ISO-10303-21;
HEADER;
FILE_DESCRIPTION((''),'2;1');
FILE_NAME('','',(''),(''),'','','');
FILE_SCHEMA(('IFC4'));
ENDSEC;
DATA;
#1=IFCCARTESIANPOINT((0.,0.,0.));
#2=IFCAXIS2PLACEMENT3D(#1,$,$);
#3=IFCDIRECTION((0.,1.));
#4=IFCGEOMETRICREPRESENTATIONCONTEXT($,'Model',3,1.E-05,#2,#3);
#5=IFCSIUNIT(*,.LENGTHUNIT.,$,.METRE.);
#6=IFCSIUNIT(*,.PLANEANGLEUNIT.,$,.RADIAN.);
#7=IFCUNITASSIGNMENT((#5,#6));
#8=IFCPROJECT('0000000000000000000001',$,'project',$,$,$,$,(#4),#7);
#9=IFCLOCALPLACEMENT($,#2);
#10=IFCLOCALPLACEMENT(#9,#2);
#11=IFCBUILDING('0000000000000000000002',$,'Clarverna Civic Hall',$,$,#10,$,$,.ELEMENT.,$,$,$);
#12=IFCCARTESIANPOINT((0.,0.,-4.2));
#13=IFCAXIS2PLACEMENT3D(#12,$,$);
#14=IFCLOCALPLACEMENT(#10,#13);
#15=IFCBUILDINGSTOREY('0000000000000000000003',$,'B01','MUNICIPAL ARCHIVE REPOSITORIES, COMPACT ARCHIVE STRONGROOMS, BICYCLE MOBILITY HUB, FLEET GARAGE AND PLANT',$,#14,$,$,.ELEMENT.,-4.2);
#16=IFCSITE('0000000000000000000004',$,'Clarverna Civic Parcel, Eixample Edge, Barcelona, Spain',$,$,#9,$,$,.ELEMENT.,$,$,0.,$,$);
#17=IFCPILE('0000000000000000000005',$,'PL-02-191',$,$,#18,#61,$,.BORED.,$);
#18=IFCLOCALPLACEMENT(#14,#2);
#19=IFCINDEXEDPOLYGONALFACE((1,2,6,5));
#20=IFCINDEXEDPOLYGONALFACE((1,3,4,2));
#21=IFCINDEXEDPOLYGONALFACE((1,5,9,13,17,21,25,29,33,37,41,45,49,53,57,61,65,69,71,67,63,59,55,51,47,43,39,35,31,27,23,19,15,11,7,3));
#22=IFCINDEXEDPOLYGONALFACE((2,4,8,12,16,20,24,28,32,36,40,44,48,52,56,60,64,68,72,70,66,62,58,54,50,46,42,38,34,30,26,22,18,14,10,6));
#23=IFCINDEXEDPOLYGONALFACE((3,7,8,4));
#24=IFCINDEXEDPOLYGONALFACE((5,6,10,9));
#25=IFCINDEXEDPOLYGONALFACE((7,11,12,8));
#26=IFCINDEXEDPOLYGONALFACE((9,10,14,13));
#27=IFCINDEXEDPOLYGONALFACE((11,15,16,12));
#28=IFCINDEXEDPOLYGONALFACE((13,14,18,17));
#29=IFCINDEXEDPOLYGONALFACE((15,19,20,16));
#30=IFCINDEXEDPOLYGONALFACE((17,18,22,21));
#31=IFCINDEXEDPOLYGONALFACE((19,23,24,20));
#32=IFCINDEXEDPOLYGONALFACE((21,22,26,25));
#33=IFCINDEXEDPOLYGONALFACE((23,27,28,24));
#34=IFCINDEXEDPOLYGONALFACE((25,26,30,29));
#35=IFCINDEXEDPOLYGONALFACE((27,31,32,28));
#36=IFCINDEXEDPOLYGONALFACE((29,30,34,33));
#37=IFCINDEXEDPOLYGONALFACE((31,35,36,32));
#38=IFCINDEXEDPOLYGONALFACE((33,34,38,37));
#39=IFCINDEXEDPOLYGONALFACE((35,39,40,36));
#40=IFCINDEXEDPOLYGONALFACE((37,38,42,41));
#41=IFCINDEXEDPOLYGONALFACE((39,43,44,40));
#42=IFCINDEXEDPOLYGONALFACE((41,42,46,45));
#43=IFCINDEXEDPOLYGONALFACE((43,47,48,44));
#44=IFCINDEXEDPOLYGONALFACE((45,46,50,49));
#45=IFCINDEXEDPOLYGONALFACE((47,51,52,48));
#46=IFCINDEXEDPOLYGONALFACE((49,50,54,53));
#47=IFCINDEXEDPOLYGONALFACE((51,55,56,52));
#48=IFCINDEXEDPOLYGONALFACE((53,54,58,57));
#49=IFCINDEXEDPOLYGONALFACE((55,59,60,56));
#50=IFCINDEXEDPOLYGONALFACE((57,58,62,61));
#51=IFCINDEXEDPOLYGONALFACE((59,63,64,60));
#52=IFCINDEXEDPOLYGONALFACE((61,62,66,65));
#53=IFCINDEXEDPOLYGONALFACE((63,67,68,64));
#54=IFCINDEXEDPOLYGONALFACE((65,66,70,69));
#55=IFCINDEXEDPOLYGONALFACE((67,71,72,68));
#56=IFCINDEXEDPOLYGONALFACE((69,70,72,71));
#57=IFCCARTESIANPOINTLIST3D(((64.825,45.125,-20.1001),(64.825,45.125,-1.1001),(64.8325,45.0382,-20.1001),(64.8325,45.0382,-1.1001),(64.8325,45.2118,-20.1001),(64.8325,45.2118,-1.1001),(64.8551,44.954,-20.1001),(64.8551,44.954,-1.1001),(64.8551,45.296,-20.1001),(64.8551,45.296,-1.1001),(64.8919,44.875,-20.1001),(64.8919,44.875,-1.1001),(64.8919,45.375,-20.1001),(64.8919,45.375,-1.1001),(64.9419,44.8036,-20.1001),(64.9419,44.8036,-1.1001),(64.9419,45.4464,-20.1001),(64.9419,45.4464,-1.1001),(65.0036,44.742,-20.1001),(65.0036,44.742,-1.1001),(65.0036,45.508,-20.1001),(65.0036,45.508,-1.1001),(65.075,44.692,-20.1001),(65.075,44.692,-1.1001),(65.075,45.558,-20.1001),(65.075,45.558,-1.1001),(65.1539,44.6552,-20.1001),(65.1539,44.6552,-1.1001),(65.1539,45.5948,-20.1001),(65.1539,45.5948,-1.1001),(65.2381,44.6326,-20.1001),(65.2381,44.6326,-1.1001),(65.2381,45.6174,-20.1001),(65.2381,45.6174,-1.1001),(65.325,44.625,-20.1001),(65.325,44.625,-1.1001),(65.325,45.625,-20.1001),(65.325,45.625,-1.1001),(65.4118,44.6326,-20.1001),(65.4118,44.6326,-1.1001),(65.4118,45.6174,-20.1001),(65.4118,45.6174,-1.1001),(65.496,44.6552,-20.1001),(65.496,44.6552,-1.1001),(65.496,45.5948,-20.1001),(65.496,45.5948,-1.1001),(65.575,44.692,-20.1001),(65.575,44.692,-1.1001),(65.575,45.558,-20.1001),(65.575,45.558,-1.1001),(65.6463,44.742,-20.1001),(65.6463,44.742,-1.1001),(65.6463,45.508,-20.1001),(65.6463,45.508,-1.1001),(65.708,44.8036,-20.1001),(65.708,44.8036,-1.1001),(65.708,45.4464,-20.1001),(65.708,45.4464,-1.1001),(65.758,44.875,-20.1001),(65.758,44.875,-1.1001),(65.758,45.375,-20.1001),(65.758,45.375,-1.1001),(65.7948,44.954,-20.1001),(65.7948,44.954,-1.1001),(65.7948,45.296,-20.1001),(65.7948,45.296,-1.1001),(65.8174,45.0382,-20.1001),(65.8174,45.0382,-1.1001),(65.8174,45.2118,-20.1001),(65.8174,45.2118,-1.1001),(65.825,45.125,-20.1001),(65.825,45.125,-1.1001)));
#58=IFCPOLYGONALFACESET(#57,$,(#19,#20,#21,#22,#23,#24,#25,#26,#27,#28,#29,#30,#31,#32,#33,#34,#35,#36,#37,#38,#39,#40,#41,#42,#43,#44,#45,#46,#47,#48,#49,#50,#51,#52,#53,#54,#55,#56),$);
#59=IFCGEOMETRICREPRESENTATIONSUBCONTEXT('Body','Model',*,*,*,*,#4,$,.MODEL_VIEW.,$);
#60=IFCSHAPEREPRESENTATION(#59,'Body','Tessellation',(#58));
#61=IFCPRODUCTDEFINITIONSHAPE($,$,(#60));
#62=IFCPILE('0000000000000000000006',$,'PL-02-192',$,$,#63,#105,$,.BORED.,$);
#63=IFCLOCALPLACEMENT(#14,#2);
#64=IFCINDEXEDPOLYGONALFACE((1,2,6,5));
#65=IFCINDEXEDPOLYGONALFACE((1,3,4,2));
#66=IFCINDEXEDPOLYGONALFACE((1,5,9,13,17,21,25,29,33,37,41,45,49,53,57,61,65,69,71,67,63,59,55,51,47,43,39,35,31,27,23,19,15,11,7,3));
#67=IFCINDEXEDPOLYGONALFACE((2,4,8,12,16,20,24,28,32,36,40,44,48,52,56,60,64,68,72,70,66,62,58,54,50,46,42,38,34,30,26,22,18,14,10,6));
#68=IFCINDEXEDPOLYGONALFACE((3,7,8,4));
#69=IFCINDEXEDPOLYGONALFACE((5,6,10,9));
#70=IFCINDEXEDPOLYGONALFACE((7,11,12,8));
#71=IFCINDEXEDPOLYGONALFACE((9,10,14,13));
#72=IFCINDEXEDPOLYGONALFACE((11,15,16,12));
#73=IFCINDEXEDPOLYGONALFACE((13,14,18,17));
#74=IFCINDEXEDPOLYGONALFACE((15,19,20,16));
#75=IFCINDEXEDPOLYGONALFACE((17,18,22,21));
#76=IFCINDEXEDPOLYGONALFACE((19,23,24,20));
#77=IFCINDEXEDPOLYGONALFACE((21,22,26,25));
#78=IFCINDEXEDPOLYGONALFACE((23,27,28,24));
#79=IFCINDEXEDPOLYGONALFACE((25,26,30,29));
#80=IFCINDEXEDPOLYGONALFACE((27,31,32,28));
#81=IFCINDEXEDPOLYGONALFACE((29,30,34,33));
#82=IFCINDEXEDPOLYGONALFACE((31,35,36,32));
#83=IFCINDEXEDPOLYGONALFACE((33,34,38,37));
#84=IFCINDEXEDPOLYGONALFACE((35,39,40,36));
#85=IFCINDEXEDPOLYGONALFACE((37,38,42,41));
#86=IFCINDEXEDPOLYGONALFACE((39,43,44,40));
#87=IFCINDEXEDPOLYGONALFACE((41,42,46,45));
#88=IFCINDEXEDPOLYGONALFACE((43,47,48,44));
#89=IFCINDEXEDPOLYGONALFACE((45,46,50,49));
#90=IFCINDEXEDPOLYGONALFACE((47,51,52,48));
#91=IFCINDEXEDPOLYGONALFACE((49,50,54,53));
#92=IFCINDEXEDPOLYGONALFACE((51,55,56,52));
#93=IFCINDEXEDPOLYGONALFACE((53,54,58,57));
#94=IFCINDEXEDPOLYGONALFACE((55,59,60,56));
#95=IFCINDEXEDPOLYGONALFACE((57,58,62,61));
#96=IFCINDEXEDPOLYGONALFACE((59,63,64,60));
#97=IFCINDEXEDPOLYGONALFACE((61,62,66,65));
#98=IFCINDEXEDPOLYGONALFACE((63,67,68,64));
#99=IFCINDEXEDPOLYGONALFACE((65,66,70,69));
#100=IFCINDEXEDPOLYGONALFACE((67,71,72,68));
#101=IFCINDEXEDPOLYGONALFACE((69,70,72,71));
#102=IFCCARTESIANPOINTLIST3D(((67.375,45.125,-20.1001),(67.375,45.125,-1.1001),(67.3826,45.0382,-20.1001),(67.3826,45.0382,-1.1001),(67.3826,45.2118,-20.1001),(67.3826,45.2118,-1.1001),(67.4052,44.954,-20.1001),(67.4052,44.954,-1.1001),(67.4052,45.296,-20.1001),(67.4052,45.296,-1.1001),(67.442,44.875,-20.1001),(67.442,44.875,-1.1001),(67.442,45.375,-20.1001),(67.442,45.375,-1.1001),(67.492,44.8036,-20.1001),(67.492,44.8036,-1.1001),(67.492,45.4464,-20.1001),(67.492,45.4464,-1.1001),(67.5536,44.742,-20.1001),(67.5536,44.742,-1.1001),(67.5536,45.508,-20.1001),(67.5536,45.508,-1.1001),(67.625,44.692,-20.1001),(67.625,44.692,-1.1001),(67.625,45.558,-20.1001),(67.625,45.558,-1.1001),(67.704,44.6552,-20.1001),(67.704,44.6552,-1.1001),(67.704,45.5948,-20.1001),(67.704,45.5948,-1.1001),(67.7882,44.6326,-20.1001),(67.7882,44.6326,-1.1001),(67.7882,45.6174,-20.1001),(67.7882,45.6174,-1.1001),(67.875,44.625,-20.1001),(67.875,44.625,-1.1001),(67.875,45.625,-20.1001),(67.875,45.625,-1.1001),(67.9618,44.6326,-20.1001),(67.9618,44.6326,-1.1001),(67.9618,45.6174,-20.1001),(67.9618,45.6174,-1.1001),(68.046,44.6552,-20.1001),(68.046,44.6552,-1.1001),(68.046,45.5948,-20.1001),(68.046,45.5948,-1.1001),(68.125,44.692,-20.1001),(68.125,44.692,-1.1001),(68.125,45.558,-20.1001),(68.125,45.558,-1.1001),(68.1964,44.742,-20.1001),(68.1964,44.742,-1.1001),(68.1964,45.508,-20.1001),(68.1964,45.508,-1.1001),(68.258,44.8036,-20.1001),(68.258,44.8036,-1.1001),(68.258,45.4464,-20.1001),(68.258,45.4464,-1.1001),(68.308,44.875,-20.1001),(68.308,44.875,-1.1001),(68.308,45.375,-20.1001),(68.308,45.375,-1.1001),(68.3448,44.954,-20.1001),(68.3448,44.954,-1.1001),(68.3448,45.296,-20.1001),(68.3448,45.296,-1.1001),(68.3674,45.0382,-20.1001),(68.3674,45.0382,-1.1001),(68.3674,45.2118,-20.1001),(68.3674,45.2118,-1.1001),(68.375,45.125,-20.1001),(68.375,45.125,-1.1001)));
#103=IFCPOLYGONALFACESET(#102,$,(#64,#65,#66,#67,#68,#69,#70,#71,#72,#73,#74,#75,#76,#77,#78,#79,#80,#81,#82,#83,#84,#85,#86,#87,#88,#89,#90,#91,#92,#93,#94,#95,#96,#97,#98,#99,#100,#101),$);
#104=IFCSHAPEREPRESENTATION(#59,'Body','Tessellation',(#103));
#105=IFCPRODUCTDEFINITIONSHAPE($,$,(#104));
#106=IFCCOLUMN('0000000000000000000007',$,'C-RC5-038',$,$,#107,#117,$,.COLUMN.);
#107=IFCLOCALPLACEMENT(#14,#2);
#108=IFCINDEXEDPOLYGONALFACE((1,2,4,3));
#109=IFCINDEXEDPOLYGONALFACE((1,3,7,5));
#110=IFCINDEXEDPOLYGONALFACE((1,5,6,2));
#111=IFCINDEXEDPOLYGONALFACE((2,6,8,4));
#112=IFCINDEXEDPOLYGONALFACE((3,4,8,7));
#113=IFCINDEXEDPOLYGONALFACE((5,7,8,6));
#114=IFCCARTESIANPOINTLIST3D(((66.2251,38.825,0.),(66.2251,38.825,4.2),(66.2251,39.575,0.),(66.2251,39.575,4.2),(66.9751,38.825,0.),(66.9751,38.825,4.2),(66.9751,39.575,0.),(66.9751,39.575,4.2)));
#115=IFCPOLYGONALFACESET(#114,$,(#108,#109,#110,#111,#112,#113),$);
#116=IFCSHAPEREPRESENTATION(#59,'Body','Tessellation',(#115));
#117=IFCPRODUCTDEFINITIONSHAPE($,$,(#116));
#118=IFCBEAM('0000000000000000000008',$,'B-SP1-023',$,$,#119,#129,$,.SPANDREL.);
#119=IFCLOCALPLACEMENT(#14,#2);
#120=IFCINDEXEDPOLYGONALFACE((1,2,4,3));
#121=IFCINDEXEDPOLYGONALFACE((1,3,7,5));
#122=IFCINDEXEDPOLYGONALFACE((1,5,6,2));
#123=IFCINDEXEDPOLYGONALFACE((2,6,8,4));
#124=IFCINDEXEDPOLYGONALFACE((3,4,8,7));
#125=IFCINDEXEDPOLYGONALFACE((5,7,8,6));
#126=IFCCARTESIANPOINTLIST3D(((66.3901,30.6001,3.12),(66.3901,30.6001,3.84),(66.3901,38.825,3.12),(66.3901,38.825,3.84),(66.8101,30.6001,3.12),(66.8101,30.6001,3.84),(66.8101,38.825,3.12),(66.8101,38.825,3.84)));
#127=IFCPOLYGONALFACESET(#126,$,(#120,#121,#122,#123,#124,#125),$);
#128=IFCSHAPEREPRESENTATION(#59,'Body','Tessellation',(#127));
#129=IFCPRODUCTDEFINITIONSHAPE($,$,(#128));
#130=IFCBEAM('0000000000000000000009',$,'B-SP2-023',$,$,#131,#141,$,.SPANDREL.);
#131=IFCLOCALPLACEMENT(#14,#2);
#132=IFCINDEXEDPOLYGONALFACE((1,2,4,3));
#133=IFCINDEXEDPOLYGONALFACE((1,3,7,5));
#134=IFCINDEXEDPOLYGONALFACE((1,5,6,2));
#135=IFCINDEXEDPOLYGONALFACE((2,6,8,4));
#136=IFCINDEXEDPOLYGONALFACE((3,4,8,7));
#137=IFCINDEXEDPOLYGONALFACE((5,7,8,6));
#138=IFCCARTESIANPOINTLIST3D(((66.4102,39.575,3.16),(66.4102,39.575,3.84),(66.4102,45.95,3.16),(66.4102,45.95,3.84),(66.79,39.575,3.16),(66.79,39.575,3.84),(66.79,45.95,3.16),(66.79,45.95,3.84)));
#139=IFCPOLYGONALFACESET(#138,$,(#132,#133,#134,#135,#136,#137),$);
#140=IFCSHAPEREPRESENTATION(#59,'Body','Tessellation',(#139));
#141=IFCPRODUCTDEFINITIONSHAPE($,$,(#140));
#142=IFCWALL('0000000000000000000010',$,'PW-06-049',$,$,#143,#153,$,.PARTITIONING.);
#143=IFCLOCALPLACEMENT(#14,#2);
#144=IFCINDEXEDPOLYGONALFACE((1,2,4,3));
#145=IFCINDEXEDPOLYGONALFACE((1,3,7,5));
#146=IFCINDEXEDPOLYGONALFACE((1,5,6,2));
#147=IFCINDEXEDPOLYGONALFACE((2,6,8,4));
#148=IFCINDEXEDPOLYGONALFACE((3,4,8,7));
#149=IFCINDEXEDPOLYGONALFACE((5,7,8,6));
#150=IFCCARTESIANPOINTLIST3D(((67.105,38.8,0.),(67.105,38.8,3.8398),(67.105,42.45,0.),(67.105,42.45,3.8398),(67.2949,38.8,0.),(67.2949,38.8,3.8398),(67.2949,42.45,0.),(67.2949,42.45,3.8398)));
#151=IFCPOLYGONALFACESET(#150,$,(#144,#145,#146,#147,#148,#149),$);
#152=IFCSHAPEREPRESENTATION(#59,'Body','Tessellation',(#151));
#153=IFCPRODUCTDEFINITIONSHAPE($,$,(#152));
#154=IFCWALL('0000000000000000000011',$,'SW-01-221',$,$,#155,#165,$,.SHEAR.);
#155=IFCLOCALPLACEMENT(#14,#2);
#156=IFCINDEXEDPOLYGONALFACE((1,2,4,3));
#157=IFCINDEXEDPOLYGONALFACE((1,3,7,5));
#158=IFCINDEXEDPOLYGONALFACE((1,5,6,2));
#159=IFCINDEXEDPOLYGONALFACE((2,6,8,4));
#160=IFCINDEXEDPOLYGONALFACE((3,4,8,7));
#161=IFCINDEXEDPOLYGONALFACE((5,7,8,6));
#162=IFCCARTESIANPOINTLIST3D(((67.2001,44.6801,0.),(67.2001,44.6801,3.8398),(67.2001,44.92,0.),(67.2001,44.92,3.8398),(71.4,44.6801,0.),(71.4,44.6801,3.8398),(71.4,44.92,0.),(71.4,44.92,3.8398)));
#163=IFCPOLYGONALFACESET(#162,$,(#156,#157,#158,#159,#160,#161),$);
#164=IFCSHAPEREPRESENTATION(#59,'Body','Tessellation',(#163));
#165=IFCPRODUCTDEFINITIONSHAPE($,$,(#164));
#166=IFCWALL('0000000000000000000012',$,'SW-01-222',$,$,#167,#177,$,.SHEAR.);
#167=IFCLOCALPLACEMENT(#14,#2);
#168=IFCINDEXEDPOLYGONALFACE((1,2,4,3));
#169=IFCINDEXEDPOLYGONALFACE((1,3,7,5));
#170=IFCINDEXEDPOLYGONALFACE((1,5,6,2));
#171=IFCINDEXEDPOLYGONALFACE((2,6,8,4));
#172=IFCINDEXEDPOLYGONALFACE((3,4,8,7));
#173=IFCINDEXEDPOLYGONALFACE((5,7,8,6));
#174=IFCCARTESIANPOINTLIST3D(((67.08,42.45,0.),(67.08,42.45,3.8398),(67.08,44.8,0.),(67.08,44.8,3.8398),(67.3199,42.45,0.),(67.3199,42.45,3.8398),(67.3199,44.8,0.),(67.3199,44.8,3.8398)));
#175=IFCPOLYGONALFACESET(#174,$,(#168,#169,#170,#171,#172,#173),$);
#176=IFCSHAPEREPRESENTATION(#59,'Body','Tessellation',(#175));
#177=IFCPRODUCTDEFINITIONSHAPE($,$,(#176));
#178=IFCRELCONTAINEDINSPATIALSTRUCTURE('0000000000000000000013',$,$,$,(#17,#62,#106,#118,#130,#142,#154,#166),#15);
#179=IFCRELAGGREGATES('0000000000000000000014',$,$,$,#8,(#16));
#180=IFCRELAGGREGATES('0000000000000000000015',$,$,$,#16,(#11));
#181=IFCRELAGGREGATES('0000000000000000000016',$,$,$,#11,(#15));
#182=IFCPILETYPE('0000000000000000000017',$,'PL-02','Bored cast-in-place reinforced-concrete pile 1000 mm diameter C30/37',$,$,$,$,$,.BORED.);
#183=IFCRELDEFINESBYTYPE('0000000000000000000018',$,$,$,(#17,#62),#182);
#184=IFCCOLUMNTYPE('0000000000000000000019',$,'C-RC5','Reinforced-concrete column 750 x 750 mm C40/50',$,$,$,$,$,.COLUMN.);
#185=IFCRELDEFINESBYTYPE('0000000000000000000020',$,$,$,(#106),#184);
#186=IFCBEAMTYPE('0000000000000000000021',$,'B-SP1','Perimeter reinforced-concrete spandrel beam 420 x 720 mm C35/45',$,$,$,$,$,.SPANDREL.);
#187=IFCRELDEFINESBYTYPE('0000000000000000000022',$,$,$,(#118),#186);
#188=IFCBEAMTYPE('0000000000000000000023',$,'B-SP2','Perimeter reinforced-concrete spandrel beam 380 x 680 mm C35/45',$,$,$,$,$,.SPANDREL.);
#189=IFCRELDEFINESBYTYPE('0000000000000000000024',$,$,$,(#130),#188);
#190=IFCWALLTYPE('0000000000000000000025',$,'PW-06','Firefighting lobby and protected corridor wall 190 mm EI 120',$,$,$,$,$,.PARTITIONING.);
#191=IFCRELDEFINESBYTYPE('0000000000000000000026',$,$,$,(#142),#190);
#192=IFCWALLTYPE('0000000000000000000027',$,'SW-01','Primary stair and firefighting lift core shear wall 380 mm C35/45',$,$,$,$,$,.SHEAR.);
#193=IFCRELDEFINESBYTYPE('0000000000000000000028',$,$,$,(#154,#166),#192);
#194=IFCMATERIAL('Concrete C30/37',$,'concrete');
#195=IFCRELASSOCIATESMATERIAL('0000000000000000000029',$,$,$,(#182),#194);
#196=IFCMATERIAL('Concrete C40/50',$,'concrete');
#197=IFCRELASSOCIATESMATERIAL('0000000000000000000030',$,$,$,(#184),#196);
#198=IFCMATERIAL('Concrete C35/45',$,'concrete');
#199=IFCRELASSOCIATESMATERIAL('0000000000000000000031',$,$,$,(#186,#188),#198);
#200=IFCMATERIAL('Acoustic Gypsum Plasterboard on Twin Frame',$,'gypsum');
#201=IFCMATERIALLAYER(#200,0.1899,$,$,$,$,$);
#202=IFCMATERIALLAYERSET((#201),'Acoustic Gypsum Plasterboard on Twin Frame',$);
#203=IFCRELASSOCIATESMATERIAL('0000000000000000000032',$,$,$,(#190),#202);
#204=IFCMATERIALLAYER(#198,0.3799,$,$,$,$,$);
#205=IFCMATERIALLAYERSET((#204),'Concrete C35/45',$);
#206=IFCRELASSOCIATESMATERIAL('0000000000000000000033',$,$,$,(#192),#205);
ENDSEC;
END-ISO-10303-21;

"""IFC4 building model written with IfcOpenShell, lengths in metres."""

from ifc_helpers import new_model, si_unit, direction, frame, frame_2d, origin, origin_2d, place, context, subcontext, project, spatial, rectangle, circle, extrude, material, layer, layer_set, material_profile, profile_set, type_object, element, save


model = new_model("IFC4")

# Units and contexts
model_context = context("Model", 3, precision=1e-05, world=origin(), true_north=direction((0.0, 1.0)))
body_context = subcontext(model_context, "Body", "Model", "MODEL_VIEW")
ifc_project = project(units=[si_unit("LENGTHUNIT", "METRE"), si_unit("PLANEANGLEUNIT", "RADIAN")], contexts=[model_context])

# Site, building, storey
site_placement = place(None, origin())
site = spatial("IfcSite", under=ifc_project, at=site_placement, Name="Clarverna Civic Parcel, Eixample Edge, Barcelona, Spain", CompositionType="ELEMENT", RefElevation=0.0)
building_placement = place(site_placement, origin())
building = spatial("IfcBuilding", under=site, at=building_placement, Name="Clarverna Civic Hall", CompositionType="ELEMENT")
storey_placement = place(building_placement, frame((0.0, 0.0, -4.2)))
storey = spatial("IfcBuildingStorey", under=building, at=storey_placement, Name="B01", Description="MUNICIPAL ARCHIVE REPOSITORIES, COMPACT ARCHIVE STRONGROOMS, BICYCLE MOBILITY HUB, FLEET GARAGE AND PLANT", CompositionType="ELEMENT", Elevation=-4.2)

# Shared definitions
ifc_material_1 = material(Name="Concrete C30/37", Category="concrete")

# Piles
ifc_material_profile_1 = material_profile(ifc_material_1, circle(Radius=0.5, at=origin_2d()), Name="BORED PILE D1000")
ifc_profile_set_1 = profile_set([ifc_material_profile_1], Name="Concrete C30/37")
pile_type_1 = type_object("IfcPileType", Name="PL-02", Description="Bored cast-in-place reinforced-concrete pile 1000 mm diameter C30/37", PredefinedType="BORED", material=ifc_profile_set_1)
for number, where, z_axis, x_axis, name in (
    (1, (65.325, 45.125, -1.1001), (0.0, 0.0, -1.0), (1.0, 0.0, 0.0), "PL-02-191"),
    (2, (67.875, 45.125, -1.1001), (0.0, 0.0, -1.0), (1.0, 0.0, 0.0), "PL-02-192"),
):
    element("IfcPile", number, at=place(storey_placement, frame(where, z_axis=z_axis, x_axis=x_axis)), inside=storey, type_object=pile_type_1, Name=name, PredefinedType="BORED", context=body_context, shape_type="SweptSolid", body=[
        extrude(circle(Radius=0.5, at=origin_2d()), origin(), (0.0, 0.0, 1.0), 19.0),
    ])

# Column
ifc_material_2 = material(Name="Concrete C40/50", Category="concrete")
ifc_material_profile_2 = material_profile(ifc_material_2, rectangle(XDim=0.75, YDim=0.75, at=origin_2d()), Name="RC 750x750")
ifc_profile_set_2 = profile_set([ifc_material_profile_2], Name="Concrete C40/50")
column_type = type_object("IfcColumnType", Name="C-RC5", Description="Reinforced-concrete column 750 x 750 mm C40/50", PredefinedType="COLUMN", material=ifc_profile_set_2)
column_placement = place(storey_placement, frame((66.6001, 39.2, 0.0), z_axis=(0.0, 0.0, 1.0), x_axis=(1.0, 0.0, 0.0)))
element("IfcColumn", 3, at=column_placement, inside=storey, type_object=column_type, Name="C-RC5-038", PredefinedType="COLUMN", context=body_context, shape_type="SweptSolid", body=[
    extrude(rectangle(XDim=0.75, YDim=0.75, at=origin_2d()), origin(), (0.0, 0.0, 1.0), 4.2),
])

# Beams
ifc_material_3 = material(Name="Concrete C35/45", Category="concrete")
ifc_material_profile_3 = material_profile(ifc_material_3, rectangle(XDim=0.4199, YDim=0.72, at=origin_2d()), Name="RC 420x720")
ifc_profile_set_3 = profile_set([ifc_material_profile_3], Name="Concrete C35/45")
beam_type_1 = type_object("IfcBeamType", Name="B-SP1", Description="Perimeter reinforced-concrete spandrel beam 420 x 720 mm C35/45", PredefinedType="SPANDREL", material=ifc_profile_set_3)
beam_1_placement = place(storey_placement, frame((66.6001, 30.6001, 3.48), z_axis=(0.0, 1.0, 0.0), x_axis=(-1.0, 0.0, 0.0)))
element("IfcBeam", 4, at=beam_1_placement, inside=storey, type_object=beam_type_1, Name="B-SP1-023", PredefinedType="SPANDREL", context=body_context, shape_type="SweptSolid", body=[
    extrude(rectangle(XDim=0.4199, YDim=0.72, at=origin_2d()), origin(), (0.0, 0.0, 1.0), 8.2249),
])
ifc_material_profile_4 = material_profile(ifc_material_3, rectangle(XDim=0.3799, YDim=0.6799, at=origin_2d()), Name="RC 380x680")
ifc_profile_set_4 = profile_set([ifc_material_profile_4], Name="Concrete C35/45")
beam_type_2 = type_object("IfcBeamType", Name="B-SP2", Description="Perimeter reinforced-concrete spandrel beam 380 x 680 mm C35/45", PredefinedType="SPANDREL", material=ifc_profile_set_4)
beam_2_placement = place(storey_placement, frame((66.6001, 39.575, 3.5), z_axis=(0.0, 1.0, 0.0), x_axis=(-1.0, 0.0, 0.0)))
element("IfcBeam", 5, at=beam_2_placement, inside=storey, type_object=beam_type_2, Name="B-SP2-023", PredefinedType="SPANDREL", context=body_context, shape_type="SweptSolid", body=[
    extrude(rectangle(XDim=0.3799, YDim=0.6799, at=origin_2d()), origin(), (0.0, 0.0, 1.0), 6.375),
])

# Wall
ifc_material_4 = material(Name="Acoustic Gypsum Plasterboard on Twin Frame", Category="gypsum")
ifc_layer_1 = layer(ifc_material_4, 0.1899)
ifc_layer_set_1 = layer_set([ifc_layer_1], Name="Acoustic Gypsum Plasterboard on Twin Frame")
wall_type_1 = type_object("IfcWallType", Name="PW-06", Description="Firefighting lobby and protected corridor wall 190 mm EI 120", PredefinedType="PARTITIONING", material=ifc_layer_set_1)
wall_1_placement = place(storey_placement, frame((67.2, 38.8, 0.0), z_axis=(0.0, 0.0, 1.0), x_axis=(0.0, 1.0, 0.0)))
element("IfcWall", 6, at=wall_1_placement, inside=storey, type_object=wall_type_1, Name="PW-06-049", PredefinedType="PARTITIONING", context=body_context, shape_type="SweptSolid", body=[
    extrude(rectangle(XDim=3.6499, YDim=0.1899, at=frame_2d((1.825, 0.0))), origin(), (0.0, 0.0, 1.0), 3.8398),
])

# Walls
ifc_layer_2 = layer(ifc_material_3, 0.3799)
ifc_layer_set_2 = layer_set([ifc_layer_2], Name="Concrete C35/45")
wall_type_2 = type_object("IfcWallType", Name="SW-01", Description="Primary stair and firefighting lift core shear wall 380 mm C35/45", PredefinedType="SHEAR", material=ifc_layer_set_2)
wall_2_placement = place(storey_placement, frame((67.2, 44.8, 0.0), z_axis=(0.0, 0.0, 1.0), x_axis=(1.0, 0.0, 0.0)))
element("IfcWall", 7, at=wall_2_placement, inside=storey, type_object=wall_type_2, Name="SW-01-221", PredefinedType="SHEAR", context=body_context, shape_type="SweptSolid", body=[
    extrude(rectangle(XDim=4.2, YDim=0.24, at=frame_2d((2.1001, 0.0))), origin(), (0.0, 0.0, 1.0), 3.8398),
])
wall_3_placement = place(storey_placement, frame((67.2, 42.45, 0.0), z_axis=(0.0, 0.0, 1.0), x_axis=(0.0, 1.0, 0.0)))
element("IfcWall", 8, at=wall_3_placement, inside=storey, type_object=wall_type_2, Name="SW-01-222", PredefinedType="SHEAR", context=body_context, shape_type="SweptSolid", body=[
    extrude(rectangle(XDim=2.3501, YDim=0.24, at=frame_2d((1.175, 0.0))), origin(), (0.0, 0.0, 1.0), 3.8398),
])

save(model, "model.ifc")
